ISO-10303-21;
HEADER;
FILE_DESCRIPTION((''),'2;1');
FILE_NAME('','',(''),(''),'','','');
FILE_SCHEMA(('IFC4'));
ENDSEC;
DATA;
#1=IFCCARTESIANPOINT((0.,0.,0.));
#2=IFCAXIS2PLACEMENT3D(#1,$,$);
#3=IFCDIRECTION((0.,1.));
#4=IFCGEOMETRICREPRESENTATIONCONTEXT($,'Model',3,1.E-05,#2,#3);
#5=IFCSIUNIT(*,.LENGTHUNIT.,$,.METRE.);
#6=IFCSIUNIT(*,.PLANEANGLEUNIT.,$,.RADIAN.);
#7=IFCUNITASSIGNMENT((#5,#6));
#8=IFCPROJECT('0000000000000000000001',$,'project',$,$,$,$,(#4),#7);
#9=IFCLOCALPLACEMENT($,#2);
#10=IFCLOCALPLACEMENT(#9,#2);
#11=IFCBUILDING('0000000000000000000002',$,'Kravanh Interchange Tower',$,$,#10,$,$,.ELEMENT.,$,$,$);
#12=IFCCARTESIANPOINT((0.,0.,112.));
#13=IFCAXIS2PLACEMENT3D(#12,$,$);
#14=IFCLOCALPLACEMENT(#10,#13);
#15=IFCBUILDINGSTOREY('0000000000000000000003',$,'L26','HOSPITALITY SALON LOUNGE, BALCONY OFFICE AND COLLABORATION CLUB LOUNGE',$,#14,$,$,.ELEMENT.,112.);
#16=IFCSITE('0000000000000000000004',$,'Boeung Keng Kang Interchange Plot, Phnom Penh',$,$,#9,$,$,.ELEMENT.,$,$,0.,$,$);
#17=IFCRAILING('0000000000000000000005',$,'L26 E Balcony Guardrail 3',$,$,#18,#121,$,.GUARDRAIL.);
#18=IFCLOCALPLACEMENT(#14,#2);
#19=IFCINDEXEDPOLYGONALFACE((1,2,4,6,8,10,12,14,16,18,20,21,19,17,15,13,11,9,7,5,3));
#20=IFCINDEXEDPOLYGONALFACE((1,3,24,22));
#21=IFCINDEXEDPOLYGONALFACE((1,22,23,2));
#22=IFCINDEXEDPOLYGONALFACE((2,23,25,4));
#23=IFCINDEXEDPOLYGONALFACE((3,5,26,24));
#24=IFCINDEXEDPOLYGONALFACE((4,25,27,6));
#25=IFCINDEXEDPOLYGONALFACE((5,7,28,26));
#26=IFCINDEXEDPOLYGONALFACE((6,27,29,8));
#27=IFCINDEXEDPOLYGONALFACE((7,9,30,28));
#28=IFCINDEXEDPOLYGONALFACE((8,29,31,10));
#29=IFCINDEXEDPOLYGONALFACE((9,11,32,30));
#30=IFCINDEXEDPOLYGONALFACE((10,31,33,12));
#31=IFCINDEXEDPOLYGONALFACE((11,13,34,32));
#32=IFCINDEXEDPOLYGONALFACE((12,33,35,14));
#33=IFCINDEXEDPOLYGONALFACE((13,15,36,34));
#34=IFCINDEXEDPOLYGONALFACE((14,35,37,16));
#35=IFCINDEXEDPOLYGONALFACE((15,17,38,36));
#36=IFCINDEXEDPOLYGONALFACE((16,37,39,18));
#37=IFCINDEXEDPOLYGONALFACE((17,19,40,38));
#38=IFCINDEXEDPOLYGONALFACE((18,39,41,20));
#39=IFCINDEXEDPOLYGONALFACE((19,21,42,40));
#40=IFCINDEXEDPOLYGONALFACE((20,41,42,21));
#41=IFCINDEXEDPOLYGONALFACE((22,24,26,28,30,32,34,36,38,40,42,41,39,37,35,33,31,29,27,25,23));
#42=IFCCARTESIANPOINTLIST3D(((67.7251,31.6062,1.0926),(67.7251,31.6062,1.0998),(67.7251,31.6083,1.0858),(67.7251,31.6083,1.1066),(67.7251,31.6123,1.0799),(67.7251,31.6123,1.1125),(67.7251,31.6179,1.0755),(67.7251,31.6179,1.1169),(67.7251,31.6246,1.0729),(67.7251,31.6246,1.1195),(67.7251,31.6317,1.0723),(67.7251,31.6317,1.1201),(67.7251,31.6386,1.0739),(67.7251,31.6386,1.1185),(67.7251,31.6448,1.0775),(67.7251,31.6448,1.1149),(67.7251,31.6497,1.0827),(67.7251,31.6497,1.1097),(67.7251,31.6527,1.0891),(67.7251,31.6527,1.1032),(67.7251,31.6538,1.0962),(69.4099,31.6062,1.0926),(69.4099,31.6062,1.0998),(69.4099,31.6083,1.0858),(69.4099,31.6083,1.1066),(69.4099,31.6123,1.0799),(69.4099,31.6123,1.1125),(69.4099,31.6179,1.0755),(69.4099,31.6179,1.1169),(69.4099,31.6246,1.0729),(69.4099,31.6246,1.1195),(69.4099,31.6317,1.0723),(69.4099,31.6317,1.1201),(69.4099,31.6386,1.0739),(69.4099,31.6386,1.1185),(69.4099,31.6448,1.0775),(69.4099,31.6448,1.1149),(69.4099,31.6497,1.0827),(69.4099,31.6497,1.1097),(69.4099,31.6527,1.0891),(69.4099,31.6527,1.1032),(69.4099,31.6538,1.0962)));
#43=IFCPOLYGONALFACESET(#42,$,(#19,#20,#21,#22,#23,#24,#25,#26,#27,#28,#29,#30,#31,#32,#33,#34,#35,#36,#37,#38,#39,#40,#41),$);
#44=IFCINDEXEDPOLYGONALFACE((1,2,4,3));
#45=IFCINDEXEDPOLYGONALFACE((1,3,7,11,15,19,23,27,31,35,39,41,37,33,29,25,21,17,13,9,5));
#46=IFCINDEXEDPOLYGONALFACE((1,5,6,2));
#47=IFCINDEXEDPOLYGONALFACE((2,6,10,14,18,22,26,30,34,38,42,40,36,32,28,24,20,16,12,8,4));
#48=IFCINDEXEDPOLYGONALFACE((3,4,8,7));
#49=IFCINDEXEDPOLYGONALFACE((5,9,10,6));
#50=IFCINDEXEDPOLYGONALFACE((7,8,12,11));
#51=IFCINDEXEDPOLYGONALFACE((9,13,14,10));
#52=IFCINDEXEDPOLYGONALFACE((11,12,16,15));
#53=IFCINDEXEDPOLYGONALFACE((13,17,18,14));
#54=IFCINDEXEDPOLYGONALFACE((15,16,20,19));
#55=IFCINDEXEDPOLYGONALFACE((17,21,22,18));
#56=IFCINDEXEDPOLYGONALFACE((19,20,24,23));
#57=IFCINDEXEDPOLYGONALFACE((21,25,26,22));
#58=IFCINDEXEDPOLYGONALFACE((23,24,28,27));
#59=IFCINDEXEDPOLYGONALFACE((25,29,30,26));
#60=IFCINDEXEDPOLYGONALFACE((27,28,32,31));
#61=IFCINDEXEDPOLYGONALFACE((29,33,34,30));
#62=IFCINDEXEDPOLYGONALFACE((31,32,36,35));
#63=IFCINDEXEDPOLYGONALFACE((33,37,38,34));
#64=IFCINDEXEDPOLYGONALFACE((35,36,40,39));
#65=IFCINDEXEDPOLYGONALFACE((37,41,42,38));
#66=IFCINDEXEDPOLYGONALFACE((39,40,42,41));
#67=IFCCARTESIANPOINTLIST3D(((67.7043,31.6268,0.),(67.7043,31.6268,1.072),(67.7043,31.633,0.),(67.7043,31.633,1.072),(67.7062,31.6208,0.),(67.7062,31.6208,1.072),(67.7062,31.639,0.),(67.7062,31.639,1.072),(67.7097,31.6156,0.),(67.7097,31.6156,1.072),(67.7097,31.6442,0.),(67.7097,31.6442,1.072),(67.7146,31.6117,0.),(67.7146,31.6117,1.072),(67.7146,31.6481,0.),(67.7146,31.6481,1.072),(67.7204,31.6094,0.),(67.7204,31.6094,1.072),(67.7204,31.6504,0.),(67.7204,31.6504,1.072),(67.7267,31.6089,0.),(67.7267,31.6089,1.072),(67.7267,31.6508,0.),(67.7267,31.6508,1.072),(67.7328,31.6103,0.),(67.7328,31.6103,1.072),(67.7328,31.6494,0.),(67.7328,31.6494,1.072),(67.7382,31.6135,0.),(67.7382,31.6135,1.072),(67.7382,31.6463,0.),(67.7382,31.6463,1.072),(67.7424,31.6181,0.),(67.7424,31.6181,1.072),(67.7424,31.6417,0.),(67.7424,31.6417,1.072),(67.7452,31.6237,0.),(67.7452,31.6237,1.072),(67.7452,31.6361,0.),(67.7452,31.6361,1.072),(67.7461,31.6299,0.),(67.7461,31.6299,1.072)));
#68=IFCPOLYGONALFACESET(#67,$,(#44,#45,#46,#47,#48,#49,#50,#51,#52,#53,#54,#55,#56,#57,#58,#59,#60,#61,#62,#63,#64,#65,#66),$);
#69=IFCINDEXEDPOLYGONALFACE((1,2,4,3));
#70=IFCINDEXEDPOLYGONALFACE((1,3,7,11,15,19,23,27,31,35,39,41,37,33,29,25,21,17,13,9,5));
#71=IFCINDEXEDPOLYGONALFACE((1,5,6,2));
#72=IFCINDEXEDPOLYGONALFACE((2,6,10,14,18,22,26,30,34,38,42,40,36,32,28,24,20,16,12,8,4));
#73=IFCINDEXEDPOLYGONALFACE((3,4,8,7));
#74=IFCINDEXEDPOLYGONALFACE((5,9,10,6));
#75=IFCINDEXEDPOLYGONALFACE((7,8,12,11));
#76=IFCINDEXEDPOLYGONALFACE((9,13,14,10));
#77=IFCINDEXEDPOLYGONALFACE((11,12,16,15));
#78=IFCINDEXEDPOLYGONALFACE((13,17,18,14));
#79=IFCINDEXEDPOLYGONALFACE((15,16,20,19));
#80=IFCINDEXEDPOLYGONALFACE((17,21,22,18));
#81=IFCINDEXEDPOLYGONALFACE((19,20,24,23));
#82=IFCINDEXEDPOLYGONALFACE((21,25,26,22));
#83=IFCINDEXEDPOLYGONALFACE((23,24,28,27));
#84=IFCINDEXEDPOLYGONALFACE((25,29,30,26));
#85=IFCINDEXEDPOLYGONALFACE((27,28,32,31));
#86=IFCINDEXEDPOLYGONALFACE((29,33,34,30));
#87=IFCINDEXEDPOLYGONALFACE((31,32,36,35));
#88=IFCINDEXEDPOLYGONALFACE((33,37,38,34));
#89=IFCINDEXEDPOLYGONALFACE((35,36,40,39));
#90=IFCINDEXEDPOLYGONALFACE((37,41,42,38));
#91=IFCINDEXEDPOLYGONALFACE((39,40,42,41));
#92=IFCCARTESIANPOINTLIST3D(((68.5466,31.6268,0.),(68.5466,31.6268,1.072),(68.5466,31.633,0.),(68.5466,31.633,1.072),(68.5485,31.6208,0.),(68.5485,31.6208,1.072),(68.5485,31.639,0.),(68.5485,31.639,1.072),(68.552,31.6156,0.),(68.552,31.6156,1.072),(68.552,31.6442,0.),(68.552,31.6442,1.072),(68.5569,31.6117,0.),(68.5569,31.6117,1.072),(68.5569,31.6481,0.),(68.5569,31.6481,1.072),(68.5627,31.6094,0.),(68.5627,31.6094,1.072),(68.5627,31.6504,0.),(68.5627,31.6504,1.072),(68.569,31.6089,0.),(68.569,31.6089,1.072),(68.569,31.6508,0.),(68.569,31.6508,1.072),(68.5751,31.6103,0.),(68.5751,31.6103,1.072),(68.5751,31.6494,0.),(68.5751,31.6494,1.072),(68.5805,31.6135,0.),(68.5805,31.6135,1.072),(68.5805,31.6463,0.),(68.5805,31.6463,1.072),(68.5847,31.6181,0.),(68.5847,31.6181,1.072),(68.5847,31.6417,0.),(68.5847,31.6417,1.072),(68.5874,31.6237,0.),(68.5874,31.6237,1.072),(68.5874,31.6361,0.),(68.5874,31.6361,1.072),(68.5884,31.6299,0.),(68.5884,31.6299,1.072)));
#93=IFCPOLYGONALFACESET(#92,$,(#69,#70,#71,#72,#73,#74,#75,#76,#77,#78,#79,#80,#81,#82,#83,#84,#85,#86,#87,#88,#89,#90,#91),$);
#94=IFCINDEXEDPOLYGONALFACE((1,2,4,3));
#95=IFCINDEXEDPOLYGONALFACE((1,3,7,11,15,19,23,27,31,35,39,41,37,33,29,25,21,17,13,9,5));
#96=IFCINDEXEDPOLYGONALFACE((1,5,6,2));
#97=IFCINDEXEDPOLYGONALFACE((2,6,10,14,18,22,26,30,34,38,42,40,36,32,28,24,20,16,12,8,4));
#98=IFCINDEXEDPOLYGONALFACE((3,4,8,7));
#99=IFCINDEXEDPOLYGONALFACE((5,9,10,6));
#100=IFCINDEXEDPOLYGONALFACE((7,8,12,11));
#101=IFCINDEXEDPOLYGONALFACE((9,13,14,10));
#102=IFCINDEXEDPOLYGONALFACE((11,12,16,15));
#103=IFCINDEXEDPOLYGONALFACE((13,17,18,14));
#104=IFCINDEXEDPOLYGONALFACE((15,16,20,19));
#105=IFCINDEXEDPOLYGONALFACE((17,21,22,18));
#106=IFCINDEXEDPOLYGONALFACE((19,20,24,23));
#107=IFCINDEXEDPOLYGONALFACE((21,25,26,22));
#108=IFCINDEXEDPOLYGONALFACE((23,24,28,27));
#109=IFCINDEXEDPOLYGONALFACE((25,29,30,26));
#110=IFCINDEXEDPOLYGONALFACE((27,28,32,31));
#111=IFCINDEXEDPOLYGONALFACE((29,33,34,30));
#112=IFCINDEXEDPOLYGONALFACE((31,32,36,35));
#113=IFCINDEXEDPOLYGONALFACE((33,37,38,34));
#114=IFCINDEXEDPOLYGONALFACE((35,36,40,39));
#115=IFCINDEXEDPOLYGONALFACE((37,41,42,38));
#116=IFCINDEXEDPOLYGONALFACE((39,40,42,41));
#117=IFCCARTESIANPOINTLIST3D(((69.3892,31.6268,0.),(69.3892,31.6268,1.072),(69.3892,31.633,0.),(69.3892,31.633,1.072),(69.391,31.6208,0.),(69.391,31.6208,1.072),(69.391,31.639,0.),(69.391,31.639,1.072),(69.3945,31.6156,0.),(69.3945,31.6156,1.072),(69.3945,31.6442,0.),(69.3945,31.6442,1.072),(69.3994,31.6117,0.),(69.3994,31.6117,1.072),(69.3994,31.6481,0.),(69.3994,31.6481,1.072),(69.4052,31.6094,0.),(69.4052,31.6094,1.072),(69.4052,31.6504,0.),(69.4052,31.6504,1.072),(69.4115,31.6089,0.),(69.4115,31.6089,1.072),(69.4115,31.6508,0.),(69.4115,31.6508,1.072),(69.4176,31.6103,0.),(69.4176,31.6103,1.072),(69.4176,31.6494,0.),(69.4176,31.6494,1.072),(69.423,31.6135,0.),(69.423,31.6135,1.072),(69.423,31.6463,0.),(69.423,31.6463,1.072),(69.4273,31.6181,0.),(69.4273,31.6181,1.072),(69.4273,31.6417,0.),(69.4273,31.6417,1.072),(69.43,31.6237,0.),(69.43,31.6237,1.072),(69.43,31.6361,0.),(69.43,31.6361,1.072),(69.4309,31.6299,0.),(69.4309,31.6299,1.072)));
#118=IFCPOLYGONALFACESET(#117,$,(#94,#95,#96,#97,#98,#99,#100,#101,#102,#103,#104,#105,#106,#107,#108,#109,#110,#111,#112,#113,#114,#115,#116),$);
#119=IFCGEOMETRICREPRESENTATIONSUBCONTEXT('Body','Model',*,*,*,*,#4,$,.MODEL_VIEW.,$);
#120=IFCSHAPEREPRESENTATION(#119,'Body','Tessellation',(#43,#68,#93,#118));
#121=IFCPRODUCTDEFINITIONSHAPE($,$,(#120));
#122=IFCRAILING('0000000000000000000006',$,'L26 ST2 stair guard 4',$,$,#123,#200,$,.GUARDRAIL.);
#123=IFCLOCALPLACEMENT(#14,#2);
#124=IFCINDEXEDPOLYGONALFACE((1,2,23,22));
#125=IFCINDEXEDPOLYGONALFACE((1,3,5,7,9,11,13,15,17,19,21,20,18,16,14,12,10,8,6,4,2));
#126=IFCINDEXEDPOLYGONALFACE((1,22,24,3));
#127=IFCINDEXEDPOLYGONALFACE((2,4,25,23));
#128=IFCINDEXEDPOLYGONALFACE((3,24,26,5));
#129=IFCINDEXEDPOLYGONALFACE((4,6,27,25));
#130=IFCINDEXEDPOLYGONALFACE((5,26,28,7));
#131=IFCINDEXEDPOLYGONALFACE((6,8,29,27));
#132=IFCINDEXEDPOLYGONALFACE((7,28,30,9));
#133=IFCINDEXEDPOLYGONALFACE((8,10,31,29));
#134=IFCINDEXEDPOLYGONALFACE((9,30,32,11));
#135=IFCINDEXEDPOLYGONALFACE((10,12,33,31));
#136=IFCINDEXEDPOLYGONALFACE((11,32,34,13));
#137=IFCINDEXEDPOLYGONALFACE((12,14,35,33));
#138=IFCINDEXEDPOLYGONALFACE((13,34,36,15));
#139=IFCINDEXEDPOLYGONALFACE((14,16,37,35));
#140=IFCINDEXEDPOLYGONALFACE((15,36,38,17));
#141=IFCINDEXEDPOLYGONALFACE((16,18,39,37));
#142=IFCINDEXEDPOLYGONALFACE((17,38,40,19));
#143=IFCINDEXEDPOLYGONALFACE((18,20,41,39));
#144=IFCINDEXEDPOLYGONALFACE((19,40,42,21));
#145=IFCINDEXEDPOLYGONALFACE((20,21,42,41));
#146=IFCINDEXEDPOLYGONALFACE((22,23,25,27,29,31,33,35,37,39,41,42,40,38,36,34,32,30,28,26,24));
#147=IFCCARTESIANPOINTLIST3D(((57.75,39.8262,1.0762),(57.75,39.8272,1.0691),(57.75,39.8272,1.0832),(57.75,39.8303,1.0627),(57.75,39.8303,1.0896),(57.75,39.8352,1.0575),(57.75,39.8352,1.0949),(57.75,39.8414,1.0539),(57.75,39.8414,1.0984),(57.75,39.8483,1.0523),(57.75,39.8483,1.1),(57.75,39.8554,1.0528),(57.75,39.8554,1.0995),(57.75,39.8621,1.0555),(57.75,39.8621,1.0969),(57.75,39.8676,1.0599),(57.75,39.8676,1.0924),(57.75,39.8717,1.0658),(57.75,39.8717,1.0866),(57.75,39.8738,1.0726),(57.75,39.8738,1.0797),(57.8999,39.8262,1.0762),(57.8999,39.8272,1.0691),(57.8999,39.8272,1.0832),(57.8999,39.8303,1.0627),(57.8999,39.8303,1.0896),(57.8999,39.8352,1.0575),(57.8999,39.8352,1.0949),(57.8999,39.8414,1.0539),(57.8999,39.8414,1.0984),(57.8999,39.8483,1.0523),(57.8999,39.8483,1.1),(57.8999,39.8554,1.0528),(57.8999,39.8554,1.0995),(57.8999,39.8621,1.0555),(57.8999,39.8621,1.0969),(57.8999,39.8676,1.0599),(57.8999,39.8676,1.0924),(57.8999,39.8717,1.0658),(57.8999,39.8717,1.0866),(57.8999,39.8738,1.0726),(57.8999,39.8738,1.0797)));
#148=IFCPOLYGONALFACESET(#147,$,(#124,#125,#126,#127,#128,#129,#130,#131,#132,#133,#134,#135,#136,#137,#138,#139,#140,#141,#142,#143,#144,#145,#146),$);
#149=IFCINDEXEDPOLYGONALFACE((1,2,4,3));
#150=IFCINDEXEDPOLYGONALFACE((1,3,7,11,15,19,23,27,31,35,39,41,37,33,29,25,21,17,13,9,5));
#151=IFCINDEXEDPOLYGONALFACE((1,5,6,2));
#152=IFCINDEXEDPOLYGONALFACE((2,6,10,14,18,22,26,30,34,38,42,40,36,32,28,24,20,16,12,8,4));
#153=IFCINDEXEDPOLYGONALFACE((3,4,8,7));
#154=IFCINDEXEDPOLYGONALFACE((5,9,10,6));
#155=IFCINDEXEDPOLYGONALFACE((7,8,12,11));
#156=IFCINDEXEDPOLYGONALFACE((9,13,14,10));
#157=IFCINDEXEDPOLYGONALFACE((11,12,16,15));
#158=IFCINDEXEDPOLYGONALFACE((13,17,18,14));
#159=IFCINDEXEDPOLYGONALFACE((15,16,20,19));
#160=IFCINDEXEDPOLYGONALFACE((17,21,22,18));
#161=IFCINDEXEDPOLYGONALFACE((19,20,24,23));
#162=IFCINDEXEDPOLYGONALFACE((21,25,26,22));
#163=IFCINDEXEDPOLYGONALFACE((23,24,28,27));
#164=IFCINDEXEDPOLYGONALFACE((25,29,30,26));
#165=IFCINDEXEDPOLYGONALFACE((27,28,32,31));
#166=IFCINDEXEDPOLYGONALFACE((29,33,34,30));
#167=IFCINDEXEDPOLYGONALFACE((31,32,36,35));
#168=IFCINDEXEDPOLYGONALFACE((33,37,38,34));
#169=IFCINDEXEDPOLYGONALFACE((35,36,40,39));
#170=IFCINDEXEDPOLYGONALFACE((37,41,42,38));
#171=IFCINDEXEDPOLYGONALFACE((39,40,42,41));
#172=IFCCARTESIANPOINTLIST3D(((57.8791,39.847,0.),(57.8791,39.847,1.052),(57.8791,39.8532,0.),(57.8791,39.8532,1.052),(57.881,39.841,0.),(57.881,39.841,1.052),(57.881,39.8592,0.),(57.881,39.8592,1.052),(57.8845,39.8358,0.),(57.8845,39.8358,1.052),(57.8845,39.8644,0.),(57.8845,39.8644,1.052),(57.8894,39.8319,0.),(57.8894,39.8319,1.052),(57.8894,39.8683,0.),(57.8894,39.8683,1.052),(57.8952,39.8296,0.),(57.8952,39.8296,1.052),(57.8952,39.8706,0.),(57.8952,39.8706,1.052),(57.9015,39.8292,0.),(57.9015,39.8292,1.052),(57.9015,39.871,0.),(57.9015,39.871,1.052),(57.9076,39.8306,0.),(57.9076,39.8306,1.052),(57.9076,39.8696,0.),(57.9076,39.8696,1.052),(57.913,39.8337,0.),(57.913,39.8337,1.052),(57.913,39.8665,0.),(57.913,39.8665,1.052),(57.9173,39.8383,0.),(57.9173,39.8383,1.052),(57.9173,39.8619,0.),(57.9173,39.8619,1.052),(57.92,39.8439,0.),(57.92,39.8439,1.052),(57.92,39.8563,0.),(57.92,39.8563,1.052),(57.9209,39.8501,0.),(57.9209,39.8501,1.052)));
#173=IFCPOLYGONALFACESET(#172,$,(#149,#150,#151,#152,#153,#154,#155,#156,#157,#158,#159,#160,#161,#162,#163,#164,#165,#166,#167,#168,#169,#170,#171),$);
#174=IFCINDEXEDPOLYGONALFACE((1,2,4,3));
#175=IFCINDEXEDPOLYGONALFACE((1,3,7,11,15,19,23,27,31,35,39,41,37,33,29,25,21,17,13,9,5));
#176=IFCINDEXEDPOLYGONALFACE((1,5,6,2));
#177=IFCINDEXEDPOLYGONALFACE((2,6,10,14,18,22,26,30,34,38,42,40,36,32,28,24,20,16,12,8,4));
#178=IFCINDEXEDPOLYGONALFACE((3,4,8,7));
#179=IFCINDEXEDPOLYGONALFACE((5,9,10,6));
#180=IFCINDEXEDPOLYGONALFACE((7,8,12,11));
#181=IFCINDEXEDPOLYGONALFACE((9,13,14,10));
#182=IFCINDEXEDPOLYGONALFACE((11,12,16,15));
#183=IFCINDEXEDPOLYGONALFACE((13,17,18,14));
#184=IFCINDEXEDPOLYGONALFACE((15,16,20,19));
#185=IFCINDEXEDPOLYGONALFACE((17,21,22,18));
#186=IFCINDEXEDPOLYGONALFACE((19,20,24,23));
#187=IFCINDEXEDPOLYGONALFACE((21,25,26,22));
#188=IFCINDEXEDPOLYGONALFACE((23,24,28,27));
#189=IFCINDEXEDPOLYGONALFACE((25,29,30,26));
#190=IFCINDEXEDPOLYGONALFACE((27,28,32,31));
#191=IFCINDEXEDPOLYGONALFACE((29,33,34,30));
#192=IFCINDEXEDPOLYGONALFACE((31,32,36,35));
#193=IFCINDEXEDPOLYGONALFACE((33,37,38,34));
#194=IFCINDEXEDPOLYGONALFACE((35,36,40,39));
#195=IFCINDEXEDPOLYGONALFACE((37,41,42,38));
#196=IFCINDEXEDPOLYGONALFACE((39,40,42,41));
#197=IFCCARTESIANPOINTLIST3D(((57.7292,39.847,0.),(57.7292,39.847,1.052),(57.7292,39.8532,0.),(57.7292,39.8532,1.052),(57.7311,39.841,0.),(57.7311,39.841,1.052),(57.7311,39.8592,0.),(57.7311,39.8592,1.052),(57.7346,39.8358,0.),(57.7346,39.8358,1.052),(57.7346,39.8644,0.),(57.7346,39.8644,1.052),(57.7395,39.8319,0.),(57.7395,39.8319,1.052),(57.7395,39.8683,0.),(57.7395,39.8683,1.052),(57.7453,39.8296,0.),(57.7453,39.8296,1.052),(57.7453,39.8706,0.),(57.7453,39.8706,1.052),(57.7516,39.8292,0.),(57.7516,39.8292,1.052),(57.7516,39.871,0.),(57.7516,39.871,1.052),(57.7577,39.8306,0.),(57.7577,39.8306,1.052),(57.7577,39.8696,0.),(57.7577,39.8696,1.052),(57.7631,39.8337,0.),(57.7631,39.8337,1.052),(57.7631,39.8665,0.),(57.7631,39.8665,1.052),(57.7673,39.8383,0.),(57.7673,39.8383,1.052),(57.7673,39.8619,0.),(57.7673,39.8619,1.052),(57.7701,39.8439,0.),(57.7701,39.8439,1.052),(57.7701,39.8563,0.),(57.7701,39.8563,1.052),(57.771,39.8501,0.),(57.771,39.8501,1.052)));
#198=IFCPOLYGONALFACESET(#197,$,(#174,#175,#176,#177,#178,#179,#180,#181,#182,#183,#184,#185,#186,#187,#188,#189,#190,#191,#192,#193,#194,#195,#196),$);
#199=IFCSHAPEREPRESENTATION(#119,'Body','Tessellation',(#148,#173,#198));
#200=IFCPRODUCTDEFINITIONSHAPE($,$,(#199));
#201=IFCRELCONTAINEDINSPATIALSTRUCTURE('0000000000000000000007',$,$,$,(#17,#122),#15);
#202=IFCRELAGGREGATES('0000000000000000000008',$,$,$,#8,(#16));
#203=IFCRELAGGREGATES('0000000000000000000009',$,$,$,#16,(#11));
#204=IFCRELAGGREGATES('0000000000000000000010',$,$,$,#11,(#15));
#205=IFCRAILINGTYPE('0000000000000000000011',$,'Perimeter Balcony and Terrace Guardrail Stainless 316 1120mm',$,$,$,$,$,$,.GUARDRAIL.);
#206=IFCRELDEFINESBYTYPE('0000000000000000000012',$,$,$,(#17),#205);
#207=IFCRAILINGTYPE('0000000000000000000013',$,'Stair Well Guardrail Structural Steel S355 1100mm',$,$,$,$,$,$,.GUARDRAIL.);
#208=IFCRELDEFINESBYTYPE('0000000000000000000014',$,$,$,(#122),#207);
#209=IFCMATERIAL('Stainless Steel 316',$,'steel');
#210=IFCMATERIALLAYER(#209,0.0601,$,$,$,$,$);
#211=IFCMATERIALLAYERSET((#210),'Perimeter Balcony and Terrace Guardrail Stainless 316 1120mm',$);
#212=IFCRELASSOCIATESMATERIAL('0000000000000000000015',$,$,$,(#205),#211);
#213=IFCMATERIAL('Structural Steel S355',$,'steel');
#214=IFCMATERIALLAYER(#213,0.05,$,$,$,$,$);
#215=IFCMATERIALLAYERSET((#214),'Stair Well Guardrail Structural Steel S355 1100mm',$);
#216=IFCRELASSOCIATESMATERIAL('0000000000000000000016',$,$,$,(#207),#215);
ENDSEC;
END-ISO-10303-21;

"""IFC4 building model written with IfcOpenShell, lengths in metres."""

from ifc_helpers import new_model, si_unit, direction, frame, origin, origin_2d, place, context, subcontext, project, spatial, circle, extrude, material, layer, layer_set, type_object, element, save


model = new_model("IFC4")

# Units and contexts
model_context = context("Model", 3, precision=1e-05, world=origin(), true_north=direction((0.0, 1.0)))
body_context = subcontext(model_context, "Body", "Model", "MODEL_VIEW")
ifc_project = project(units=[si_unit("LENGTHUNIT", "METRE"), si_unit("PLANEANGLEUNIT", "RADIAN")], contexts=[model_context])

# Site, building, storey
site_placement = place(None, origin())
site = spatial("IfcSite", under=ifc_project, at=site_placement, Name="Boeung Keng Kang Interchange Plot, Phnom Penh", CompositionType="ELEMENT", RefElevation=0.0)
building_placement = place(site_placement, origin())
building = spatial("IfcBuilding", under=site, at=building_placement, Name="Kravanh Interchange Tower", CompositionType="ELEMENT")
storey_placement = place(building_placement, frame((0.0, 0.0, 112.0)))
storey = spatial("IfcBuildingStorey", under=building, at=storey_placement, Name="L26", Description="HOSPITALITY SALON LOUNGE, BALCONY OFFICE AND COLLABORATION CLUB LOUNGE", CompositionType="ELEMENT", Elevation=112.0)

# Railings
ifc_material_1 = material(Name="Stainless Steel 316", Category="steel")
ifc_layer_1 = layer(ifc_material_1, 0.0601)
ifc_layer_set_1 = layer_set([ifc_layer_1], Name="Perimeter Balcony and Terrace Guardrail Stainless 316 1120mm")
railing_type_1 = type_object("IfcRailingType", Name="Perimeter Balcony and Terrace Guardrail Stainless 316 1120mm", PredefinedType="GUARDRAIL", material=ifc_layer_set_1)
railing_1_placement = place(storey_placement, frame((67.7251, 31.6299, 0.0)))
element("IfcRailing", 1, at=railing_1_placement, inside=storey, type_object=railing_type_1, Name="L26 E Balcony Guardrail 3", PredefinedType="GUARDRAIL", context=body_context, shape_type="SweptSolid", body=[
    extrude(circle(Radius=0.0239, at=origin_2d()), frame((0.0, 0.0, 1.0962), z_axis=(1.0, 0.0, 0.0), x_axis=(0.0, 1.0, 0.0)), (0.0, 0.0, 1.0), 1.6848),
    extrude(circle(Radius=0.021, at=origin_2d()), origin(), (0.0, 0.0, 1.0), 1.072),
    extrude(circle(Radius=0.021, at=origin_2d()), frame((0.8423, 0.0, 0.0)), (0.0, 0.0, 1.0), 1.072),
    extrude(circle(Radius=0.021, at=origin_2d()), frame((1.6848, 0.0, 0.0)), (0.0, 0.0, 1.0), 1.072),
])
ifc_material_2 = material(Name="Structural Steel S355", Category="steel")
ifc_layer_2 = layer(ifc_material_2, 0.05)
ifc_layer_set_2 = layer_set([ifc_layer_2], Name="Stair Well Guardrail Structural Steel S355 1100mm")
railing_type_2 = type_object("IfcRailingType", Name="Stair Well Guardrail Structural Steel S355 1100mm", PredefinedType="GUARDRAIL", material=ifc_layer_set_2)
railing_2_placement = place(storey_placement, frame((57.8999, 39.8501, 0.0)))
element("IfcRailing", 2, at=railing_2_placement, inside=storey, type_object=railing_type_2, Name="L26 ST2 stair guard 4", PredefinedType="GUARDRAIL", context=body_context, shape_type="SweptSolid", body=[
    extrude(circle(Radius=0.0239, at=origin_2d()), frame((0.0, 0.0, 1.0762), z_axis=(-1.0, 0.0, 0.0), x_axis=(0.0, -1.0, 0.0)), (0.0, 0.0, 1.0), 0.1499),
    extrude(circle(Radius=0.021, at=origin_2d()), origin(), (0.0, 0.0, 1.0), 1.052),
    extrude(circle(Radius=0.021, at=origin_2d()), frame((-0.1499, 0.0, 0.0)), (0.0, 0.0, 1.0), 1.052),
])

save(model, "model.ifc")
